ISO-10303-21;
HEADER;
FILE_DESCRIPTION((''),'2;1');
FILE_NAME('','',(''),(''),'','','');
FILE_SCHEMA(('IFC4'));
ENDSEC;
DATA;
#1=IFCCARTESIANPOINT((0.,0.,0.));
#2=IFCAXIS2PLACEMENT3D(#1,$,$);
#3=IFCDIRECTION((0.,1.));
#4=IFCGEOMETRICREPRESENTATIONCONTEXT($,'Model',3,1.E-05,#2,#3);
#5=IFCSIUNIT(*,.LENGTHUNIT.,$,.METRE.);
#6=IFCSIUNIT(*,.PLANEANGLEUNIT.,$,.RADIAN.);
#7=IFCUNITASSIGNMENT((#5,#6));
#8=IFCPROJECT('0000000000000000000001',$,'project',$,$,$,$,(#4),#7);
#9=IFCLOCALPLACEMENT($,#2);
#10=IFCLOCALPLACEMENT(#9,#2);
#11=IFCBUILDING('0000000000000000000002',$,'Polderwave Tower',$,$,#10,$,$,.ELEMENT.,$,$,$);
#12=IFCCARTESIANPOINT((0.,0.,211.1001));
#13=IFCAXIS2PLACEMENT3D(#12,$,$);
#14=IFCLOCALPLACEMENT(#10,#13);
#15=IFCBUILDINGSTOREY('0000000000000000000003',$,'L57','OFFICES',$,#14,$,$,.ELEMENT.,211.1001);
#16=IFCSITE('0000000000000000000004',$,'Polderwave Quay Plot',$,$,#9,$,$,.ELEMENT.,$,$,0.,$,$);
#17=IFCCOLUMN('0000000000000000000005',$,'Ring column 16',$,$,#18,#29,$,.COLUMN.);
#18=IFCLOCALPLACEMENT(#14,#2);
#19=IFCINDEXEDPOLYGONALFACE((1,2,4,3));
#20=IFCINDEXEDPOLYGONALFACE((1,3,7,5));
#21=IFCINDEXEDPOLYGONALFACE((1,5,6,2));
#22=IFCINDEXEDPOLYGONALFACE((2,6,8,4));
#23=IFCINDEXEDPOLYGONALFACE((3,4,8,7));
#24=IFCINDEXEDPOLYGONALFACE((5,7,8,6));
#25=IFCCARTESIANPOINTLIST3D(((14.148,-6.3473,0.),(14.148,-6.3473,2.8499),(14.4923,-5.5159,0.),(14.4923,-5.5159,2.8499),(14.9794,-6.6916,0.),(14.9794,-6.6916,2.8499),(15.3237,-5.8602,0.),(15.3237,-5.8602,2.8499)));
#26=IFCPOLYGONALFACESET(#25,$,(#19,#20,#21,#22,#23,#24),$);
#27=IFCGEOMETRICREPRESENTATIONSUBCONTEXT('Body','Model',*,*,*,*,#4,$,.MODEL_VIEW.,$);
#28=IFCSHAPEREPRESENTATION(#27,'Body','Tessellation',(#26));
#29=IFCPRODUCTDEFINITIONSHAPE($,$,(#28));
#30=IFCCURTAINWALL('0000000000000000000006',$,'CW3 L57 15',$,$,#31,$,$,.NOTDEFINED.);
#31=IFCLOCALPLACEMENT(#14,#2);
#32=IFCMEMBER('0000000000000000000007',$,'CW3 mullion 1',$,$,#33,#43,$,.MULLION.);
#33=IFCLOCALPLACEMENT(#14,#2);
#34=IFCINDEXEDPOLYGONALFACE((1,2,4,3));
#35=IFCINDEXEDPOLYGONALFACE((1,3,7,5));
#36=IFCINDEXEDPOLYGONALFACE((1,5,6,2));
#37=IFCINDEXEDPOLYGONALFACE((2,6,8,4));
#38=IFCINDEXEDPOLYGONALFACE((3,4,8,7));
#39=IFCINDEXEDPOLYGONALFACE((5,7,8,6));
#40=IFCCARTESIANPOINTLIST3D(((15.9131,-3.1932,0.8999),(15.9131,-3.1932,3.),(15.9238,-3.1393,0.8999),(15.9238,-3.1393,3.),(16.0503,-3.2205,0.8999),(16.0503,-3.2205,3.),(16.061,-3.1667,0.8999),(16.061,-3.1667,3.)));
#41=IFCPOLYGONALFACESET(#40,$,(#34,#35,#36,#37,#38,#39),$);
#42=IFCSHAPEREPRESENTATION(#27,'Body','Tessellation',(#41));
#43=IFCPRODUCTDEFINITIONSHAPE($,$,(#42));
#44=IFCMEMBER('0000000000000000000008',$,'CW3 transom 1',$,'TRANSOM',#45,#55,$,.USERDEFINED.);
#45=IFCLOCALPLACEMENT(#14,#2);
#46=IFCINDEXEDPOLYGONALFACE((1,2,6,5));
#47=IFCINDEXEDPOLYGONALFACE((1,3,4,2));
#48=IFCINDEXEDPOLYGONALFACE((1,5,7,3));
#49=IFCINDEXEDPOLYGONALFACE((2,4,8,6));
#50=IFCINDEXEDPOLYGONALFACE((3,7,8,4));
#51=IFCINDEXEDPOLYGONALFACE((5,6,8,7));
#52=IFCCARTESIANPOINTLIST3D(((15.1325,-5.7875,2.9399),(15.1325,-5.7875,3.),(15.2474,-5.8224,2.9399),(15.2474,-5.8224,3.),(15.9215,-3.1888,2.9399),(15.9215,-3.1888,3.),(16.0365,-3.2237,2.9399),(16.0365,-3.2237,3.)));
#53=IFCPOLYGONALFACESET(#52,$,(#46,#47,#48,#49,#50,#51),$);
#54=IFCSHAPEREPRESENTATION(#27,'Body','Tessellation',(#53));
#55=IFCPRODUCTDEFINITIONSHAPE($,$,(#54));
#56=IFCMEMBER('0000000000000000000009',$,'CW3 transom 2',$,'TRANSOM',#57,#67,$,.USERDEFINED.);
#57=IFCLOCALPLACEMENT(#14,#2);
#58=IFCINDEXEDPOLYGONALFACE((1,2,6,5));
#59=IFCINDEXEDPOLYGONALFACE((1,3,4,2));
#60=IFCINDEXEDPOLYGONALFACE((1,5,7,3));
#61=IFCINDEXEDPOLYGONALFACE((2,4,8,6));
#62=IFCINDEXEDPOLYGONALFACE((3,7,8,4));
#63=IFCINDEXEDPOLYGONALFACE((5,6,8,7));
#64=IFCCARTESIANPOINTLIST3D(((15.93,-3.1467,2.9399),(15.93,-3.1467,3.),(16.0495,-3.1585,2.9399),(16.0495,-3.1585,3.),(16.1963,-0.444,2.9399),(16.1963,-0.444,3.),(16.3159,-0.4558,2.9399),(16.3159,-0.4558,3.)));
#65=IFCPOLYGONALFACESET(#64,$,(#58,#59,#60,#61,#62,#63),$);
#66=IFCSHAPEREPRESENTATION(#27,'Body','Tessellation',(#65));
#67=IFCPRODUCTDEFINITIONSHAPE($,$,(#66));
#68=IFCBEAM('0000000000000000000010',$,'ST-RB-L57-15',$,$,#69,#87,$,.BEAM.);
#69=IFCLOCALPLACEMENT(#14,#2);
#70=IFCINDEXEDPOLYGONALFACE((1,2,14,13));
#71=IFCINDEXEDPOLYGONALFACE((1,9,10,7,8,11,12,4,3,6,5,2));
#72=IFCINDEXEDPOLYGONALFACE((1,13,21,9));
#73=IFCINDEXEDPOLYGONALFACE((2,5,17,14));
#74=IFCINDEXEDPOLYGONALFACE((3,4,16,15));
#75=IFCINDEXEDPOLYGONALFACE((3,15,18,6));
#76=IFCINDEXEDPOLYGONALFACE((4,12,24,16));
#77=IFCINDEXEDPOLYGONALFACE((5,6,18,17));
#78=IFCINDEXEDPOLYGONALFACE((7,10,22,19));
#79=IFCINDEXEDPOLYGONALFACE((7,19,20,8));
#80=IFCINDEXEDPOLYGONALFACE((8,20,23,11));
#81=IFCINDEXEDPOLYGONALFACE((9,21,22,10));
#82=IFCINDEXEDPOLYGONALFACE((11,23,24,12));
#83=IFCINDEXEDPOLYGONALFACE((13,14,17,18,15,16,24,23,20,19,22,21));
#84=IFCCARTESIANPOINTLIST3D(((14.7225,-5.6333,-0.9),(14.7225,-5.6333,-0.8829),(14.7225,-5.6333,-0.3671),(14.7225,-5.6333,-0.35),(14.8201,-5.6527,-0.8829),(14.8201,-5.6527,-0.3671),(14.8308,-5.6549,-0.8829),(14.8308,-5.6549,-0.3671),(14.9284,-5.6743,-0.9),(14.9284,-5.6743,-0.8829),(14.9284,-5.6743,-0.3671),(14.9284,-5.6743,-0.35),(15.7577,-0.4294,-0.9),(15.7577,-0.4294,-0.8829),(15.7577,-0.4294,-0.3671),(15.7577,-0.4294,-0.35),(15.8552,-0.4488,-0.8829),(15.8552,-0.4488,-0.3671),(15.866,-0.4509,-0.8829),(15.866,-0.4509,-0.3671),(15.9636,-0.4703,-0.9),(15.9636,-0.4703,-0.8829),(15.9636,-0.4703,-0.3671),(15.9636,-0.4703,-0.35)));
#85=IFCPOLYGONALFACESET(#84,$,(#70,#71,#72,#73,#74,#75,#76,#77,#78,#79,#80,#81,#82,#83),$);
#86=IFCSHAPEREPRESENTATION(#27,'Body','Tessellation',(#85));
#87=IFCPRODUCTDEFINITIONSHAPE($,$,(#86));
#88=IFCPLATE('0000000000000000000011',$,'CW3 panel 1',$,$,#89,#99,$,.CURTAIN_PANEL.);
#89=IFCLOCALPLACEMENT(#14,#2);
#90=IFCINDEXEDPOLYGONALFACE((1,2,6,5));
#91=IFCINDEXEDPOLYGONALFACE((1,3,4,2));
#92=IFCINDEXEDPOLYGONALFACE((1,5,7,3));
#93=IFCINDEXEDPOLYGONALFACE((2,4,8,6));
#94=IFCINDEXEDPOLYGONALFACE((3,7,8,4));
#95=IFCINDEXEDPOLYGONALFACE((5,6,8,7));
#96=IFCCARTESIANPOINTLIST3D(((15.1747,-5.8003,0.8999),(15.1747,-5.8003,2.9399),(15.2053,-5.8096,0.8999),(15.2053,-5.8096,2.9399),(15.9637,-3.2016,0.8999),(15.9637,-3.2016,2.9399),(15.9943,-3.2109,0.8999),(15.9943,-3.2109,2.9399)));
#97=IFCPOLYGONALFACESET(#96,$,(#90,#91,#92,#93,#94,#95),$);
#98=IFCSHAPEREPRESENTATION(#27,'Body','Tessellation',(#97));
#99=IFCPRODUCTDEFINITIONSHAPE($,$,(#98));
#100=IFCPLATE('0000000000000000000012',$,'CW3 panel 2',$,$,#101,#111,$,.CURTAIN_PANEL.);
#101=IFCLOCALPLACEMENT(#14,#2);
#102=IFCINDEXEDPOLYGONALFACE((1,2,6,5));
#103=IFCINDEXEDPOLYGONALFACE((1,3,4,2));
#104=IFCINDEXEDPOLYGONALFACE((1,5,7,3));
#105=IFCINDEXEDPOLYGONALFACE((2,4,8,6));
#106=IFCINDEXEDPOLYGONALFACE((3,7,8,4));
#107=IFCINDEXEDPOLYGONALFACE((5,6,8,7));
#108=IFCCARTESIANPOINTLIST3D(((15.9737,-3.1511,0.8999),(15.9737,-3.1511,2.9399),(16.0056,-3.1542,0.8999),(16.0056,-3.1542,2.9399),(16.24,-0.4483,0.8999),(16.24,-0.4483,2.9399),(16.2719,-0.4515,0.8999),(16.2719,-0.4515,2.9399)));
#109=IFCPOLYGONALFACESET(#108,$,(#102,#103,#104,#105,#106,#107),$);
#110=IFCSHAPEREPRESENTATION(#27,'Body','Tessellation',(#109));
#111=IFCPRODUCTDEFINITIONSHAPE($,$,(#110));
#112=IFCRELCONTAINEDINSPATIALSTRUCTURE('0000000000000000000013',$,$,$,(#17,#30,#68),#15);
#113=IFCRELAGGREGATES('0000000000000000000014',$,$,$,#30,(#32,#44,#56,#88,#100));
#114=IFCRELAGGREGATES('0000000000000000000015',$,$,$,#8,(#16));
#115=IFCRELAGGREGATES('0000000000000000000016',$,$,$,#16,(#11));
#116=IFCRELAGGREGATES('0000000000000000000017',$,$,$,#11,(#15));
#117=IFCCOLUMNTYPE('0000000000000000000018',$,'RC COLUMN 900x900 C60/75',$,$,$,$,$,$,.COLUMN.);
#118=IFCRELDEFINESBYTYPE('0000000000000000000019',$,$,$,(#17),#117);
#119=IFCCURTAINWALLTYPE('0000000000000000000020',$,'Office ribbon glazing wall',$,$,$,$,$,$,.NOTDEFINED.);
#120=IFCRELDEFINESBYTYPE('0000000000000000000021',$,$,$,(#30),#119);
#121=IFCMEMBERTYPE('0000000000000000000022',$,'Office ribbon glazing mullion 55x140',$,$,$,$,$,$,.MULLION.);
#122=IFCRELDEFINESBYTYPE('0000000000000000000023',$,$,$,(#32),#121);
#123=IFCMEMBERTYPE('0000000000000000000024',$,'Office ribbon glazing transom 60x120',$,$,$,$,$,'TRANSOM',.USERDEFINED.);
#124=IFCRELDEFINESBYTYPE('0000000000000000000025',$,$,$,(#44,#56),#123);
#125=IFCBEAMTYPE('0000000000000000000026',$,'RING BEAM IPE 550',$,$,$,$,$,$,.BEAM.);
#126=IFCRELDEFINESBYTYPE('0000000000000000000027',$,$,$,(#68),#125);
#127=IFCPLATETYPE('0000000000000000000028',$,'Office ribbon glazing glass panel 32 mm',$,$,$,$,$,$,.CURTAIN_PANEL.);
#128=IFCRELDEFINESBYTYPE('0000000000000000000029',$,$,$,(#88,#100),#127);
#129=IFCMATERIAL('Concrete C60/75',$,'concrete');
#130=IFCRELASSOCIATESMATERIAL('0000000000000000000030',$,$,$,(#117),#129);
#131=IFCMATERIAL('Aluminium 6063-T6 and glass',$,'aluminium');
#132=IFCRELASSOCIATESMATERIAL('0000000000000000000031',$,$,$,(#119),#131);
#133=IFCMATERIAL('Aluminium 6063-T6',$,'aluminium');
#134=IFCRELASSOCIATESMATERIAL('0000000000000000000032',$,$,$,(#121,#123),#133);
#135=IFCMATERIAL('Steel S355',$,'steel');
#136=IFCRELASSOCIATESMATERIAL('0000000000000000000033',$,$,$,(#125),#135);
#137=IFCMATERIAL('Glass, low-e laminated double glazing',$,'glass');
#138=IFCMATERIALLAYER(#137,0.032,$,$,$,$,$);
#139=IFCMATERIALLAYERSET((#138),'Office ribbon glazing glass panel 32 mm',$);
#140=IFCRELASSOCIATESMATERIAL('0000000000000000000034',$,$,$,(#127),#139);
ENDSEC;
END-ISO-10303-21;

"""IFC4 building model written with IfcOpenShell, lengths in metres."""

from ifc_helpers import new_model, si_unit, direction, frame, origin, origin_2d, place, context, subcontext, project, spatial, rectangle, i_section, extrude, material, layer, layer_set, material_profile, profile_set, type_object, element, aggregate, save


model = new_model("IFC4")

# Units and contexts
model_context = context("Model", 3, precision=1e-05, world=origin(), true_north=direction((0.0, 1.0)))
body_context = subcontext(model_context, "Body", "Model", "MODEL_VIEW")
ifc_project = project(units=[si_unit("LENGTHUNIT", "METRE"), si_unit("PLANEANGLEUNIT", "RADIAN")], contexts=[model_context])

# Site, building, storey
site_placement = place(None, origin())
site = spatial("IfcSite", under=ifc_project, at=site_placement, Name="Polderwave Quay Plot", CompositionType="ELEMENT", RefElevation=0.0)
building_placement = place(site_placement, origin())
building = spatial("IfcBuilding", under=site, at=building_placement, Name="Polderwave Tower", CompositionType="ELEMENT")
storey_placement = place(building_placement, frame((0.0, 0.0, 211.1001)))
storey = spatial("IfcBuildingStorey", under=building, at=storey_placement, Name="L57", Description="OFFICES", CompositionType="ELEMENT", Elevation=211.1001)

# Column
ifc_material_1 = material(Name="Concrete C60/75", Category="concrete")
ifc_material_profile_1 = material_profile(ifc_material_1, rectangle(XDim=0.8999, YDim=0.8999, at=origin_2d()), Name="RC 900x900")
ifc_profile_set_1 = profile_set([ifc_material_profile_1], Name="Concrete C60/75")
column_type = type_object("IfcColumnType", Name="RC COLUMN 900x900 C60/75", PredefinedType="COLUMN", material=ifc_profile_set_1)
column_placement = place(storey_placement, frame((14.7358, -6.1038, 0.0), z_axis=(0.0, 0.0, 1.0), x_axis=(0.92388, -0.382683, 0.0)))
element("IfcColumn", 1, at=column_placement, inside=storey, type_object=column_type, Name="Ring column 16", PredefinedType="COLUMN", context=body_context, shape_type="SweptSolid", body=[
    extrude(rectangle(XDim=0.8999, YDim=0.8999, at=origin_2d()), origin(), (0.0, 0.0, 1.0), 2.8499),
])

# Curtain wall, members
ifc_material_2 = material(Name="Aluminium 6063-T6 and glass", Category="aluminium")
curtain_wall_type = type_object("IfcCurtainWallType", Name="Office ribbon glazing wall", PredefinedType="NOTDEFINED", material=ifc_material_2)
curtain_wall_placement = place(storey_placement, origin())
curtain_wall = element("IfcCurtainWall", 2, at=curtain_wall_placement, inside=storey, type_object=curtain_wall_type, Name="CW3 L57 15", PredefinedType="NOTDEFINED")
ifc_material_3 = material(Name="Aluminium 6063-T6", Category="aluminium")
ifc_material_profile_2 = material_profile(ifc_material_3, rectangle(XDim=0.1399, YDim=0.0549, at=origin_2d()), Name="AL 55x140")
ifc_profile_set_2 = profile_set([ifc_material_profile_2], Name="Aluminium 6063-T6")
member_type_1 = type_object("IfcMemberType", Name="Office ribbon glazing mullion 55x140", PredefinedType="MULLION", material=ifc_profile_set_2)
member_1_placement = place(storey_placement, frame((15.9871, -3.1799, 0.8999), z_axis=(0.0, 0.0, 1.0), x_axis=(-0.980757, 0.195234, 0.0)))
member_1 = element("IfcMember", 3, at=member_1_placement, type_object=member_type_1, Name="CW3 mullion 1", PredefinedType="MULLION", context=body_context, shape_type="SweptSolid", body=[
    extrude(rectangle(XDim=0.1399, YDim=0.0549, at=origin_2d()), origin(), (0.0, 0.0, 1.0), 2.1001),
])
ifc_material_profile_3 = material_profile(ifc_material_3, rectangle(XDim=0.1201, YDim=0.0601, at=origin_2d()), Name="AL 60x120")
ifc_profile_set_3 = profile_set([ifc_material_profile_3], Name="Aluminium 6063-T6")
member_type_2 = type_object("IfcMemberType", Name="Office ribbon glazing transom 60x120", ElementType="TRANSOM", PredefinedType="USERDEFINED", material=ifc_profile_set_3)
member_2_placement = place(storey_placement, frame((15.1899, -5.8049, 2.97), z_axis=(0.290546, 0.956861, 0.0), x_axis=(-0.956861, 0.290546, 0.0)))
member_2 = element("IfcMember", 4, at=member_2_placement, type_object=member_type_2, Name="CW3 transom 1", ObjectType="TRANSOM", PredefinedType="USERDEFINED", context=body_context, shape_type="SweptSolid", body=[
    extrude(rectangle(XDim=0.1201, YDim=0.0601, at=origin_2d()), origin(), (0.0, 0.0, 1.0), 2.7158),
])
member_3_placement = place(storey_placement, frame((15.9897, -3.1526, 2.97), z_axis=(0.098079, 0.995179, 0.0), x_axis=(-0.995179, 0.098079, 0.0)))
member_3 = element("IfcMember", 5, at=member_3_placement, type_object=member_type_2, Name="CW3 transom 2", ObjectType="TRANSOM", PredefinedType="USERDEFINED", context=body_context, shape_type="SweptSolid", body=[
    extrude(rectangle(XDim=0.1201, YDim=0.0601, at=origin_2d()), origin(), (0.0, 0.0, 1.0), 2.7158),
])

# Beam
ifc_material_4 = material(Name="Steel S355", Category="steel")
ifc_material_profile_4 = material_profile(ifc_material_4, i_section(OverallWidth=0.21, OverallDepth=0.55, WebThickness=0.011, FlangeThickness=0.0171, at=origin_2d()), Name="IPE 550")
ifc_profile_set_4 = profile_set([ifc_material_profile_4], Name="Steel S355")
beam_type = type_object("IfcBeamType", Name="RING BEAM IPE 550", PredefinedType="BEAM", material=ifc_profile_set_4)
beam_placement = place(storey_placement, frame((14.8254, -5.6538, -0.625), z_axis=(0.195098, 0.980784, 0.0), x_axis=(-0.980784, 0.195098, 0.0)))
element("IfcBeam", 6, at=beam_placement, inside=storey, type_object=beam_type, Name="ST-RB-L57-15", PredefinedType="BEAM", context=body_context, shape_type="SweptSolid", body=[
    extrude(i_section(OverallWidth=0.21, OverallDepth=0.55, WebThickness=0.011, FlangeThickness=0.0171, at=origin_2d()), origin(), (0.0, 0.0, 1.0), 5.3059),
])

# Plates
ifc_material_5 = material(Name="Glass, low-e laminated double glazing", Category="glass")
ifc_layer_1 = layer(ifc_material_5, 0.032)
ifc_layer_set_1 = layer_set([ifc_layer_1], Name="Office ribbon glazing glass panel 32 mm")
plate_type = type_object("IfcPlateType", Name="Office ribbon glazing glass panel 32 mm", PredefinedType="CURTAIN_PANEL", material=ifc_layer_set_1)
plate_1_placement = place(storey_placement, frame((15.5845, -4.5056, 0.8999), z_axis=(0.0, 0.0, 1.0), x_axis=(0.290524, 0.956868, 0.0)))
plate_1 = element("IfcPlate", 7, at=plate_1_placement, type_object=plate_type, Name="CW3 panel 1", PredefinedType="CURTAIN_PANEL", context=body_context, shape_type="SweptSolid", body=[
    extrude(rectangle(XDim=2.7158, YDim=0.032, at=origin_2d()), origin(), (0.0, 0.0, 1.0), 2.04),
])
plate_2_placement = place(storey_placement, frame((16.1228, -1.8013, 0.8999), z_axis=(0.0, 0.0, 1.0), x_axis=(0.098061, 0.99518, 0.0)))
plate_2 = element("IfcPlate", 8, at=plate_2_placement, type_object=plate_type, Name="CW3 panel 2", PredefinedType="CURTAIN_PANEL", context=body_context, shape_type="SweptSolid", body=[
    extrude(rectangle(XDim=2.7158, YDim=0.032, at=origin_2d()), origin(), (0.0, 0.0, 1.0), 2.04),
])
aggregate(curtain_wall, [member_1, member_2, member_3, plate_1, plate_2])

save(model, "model.ifc")
